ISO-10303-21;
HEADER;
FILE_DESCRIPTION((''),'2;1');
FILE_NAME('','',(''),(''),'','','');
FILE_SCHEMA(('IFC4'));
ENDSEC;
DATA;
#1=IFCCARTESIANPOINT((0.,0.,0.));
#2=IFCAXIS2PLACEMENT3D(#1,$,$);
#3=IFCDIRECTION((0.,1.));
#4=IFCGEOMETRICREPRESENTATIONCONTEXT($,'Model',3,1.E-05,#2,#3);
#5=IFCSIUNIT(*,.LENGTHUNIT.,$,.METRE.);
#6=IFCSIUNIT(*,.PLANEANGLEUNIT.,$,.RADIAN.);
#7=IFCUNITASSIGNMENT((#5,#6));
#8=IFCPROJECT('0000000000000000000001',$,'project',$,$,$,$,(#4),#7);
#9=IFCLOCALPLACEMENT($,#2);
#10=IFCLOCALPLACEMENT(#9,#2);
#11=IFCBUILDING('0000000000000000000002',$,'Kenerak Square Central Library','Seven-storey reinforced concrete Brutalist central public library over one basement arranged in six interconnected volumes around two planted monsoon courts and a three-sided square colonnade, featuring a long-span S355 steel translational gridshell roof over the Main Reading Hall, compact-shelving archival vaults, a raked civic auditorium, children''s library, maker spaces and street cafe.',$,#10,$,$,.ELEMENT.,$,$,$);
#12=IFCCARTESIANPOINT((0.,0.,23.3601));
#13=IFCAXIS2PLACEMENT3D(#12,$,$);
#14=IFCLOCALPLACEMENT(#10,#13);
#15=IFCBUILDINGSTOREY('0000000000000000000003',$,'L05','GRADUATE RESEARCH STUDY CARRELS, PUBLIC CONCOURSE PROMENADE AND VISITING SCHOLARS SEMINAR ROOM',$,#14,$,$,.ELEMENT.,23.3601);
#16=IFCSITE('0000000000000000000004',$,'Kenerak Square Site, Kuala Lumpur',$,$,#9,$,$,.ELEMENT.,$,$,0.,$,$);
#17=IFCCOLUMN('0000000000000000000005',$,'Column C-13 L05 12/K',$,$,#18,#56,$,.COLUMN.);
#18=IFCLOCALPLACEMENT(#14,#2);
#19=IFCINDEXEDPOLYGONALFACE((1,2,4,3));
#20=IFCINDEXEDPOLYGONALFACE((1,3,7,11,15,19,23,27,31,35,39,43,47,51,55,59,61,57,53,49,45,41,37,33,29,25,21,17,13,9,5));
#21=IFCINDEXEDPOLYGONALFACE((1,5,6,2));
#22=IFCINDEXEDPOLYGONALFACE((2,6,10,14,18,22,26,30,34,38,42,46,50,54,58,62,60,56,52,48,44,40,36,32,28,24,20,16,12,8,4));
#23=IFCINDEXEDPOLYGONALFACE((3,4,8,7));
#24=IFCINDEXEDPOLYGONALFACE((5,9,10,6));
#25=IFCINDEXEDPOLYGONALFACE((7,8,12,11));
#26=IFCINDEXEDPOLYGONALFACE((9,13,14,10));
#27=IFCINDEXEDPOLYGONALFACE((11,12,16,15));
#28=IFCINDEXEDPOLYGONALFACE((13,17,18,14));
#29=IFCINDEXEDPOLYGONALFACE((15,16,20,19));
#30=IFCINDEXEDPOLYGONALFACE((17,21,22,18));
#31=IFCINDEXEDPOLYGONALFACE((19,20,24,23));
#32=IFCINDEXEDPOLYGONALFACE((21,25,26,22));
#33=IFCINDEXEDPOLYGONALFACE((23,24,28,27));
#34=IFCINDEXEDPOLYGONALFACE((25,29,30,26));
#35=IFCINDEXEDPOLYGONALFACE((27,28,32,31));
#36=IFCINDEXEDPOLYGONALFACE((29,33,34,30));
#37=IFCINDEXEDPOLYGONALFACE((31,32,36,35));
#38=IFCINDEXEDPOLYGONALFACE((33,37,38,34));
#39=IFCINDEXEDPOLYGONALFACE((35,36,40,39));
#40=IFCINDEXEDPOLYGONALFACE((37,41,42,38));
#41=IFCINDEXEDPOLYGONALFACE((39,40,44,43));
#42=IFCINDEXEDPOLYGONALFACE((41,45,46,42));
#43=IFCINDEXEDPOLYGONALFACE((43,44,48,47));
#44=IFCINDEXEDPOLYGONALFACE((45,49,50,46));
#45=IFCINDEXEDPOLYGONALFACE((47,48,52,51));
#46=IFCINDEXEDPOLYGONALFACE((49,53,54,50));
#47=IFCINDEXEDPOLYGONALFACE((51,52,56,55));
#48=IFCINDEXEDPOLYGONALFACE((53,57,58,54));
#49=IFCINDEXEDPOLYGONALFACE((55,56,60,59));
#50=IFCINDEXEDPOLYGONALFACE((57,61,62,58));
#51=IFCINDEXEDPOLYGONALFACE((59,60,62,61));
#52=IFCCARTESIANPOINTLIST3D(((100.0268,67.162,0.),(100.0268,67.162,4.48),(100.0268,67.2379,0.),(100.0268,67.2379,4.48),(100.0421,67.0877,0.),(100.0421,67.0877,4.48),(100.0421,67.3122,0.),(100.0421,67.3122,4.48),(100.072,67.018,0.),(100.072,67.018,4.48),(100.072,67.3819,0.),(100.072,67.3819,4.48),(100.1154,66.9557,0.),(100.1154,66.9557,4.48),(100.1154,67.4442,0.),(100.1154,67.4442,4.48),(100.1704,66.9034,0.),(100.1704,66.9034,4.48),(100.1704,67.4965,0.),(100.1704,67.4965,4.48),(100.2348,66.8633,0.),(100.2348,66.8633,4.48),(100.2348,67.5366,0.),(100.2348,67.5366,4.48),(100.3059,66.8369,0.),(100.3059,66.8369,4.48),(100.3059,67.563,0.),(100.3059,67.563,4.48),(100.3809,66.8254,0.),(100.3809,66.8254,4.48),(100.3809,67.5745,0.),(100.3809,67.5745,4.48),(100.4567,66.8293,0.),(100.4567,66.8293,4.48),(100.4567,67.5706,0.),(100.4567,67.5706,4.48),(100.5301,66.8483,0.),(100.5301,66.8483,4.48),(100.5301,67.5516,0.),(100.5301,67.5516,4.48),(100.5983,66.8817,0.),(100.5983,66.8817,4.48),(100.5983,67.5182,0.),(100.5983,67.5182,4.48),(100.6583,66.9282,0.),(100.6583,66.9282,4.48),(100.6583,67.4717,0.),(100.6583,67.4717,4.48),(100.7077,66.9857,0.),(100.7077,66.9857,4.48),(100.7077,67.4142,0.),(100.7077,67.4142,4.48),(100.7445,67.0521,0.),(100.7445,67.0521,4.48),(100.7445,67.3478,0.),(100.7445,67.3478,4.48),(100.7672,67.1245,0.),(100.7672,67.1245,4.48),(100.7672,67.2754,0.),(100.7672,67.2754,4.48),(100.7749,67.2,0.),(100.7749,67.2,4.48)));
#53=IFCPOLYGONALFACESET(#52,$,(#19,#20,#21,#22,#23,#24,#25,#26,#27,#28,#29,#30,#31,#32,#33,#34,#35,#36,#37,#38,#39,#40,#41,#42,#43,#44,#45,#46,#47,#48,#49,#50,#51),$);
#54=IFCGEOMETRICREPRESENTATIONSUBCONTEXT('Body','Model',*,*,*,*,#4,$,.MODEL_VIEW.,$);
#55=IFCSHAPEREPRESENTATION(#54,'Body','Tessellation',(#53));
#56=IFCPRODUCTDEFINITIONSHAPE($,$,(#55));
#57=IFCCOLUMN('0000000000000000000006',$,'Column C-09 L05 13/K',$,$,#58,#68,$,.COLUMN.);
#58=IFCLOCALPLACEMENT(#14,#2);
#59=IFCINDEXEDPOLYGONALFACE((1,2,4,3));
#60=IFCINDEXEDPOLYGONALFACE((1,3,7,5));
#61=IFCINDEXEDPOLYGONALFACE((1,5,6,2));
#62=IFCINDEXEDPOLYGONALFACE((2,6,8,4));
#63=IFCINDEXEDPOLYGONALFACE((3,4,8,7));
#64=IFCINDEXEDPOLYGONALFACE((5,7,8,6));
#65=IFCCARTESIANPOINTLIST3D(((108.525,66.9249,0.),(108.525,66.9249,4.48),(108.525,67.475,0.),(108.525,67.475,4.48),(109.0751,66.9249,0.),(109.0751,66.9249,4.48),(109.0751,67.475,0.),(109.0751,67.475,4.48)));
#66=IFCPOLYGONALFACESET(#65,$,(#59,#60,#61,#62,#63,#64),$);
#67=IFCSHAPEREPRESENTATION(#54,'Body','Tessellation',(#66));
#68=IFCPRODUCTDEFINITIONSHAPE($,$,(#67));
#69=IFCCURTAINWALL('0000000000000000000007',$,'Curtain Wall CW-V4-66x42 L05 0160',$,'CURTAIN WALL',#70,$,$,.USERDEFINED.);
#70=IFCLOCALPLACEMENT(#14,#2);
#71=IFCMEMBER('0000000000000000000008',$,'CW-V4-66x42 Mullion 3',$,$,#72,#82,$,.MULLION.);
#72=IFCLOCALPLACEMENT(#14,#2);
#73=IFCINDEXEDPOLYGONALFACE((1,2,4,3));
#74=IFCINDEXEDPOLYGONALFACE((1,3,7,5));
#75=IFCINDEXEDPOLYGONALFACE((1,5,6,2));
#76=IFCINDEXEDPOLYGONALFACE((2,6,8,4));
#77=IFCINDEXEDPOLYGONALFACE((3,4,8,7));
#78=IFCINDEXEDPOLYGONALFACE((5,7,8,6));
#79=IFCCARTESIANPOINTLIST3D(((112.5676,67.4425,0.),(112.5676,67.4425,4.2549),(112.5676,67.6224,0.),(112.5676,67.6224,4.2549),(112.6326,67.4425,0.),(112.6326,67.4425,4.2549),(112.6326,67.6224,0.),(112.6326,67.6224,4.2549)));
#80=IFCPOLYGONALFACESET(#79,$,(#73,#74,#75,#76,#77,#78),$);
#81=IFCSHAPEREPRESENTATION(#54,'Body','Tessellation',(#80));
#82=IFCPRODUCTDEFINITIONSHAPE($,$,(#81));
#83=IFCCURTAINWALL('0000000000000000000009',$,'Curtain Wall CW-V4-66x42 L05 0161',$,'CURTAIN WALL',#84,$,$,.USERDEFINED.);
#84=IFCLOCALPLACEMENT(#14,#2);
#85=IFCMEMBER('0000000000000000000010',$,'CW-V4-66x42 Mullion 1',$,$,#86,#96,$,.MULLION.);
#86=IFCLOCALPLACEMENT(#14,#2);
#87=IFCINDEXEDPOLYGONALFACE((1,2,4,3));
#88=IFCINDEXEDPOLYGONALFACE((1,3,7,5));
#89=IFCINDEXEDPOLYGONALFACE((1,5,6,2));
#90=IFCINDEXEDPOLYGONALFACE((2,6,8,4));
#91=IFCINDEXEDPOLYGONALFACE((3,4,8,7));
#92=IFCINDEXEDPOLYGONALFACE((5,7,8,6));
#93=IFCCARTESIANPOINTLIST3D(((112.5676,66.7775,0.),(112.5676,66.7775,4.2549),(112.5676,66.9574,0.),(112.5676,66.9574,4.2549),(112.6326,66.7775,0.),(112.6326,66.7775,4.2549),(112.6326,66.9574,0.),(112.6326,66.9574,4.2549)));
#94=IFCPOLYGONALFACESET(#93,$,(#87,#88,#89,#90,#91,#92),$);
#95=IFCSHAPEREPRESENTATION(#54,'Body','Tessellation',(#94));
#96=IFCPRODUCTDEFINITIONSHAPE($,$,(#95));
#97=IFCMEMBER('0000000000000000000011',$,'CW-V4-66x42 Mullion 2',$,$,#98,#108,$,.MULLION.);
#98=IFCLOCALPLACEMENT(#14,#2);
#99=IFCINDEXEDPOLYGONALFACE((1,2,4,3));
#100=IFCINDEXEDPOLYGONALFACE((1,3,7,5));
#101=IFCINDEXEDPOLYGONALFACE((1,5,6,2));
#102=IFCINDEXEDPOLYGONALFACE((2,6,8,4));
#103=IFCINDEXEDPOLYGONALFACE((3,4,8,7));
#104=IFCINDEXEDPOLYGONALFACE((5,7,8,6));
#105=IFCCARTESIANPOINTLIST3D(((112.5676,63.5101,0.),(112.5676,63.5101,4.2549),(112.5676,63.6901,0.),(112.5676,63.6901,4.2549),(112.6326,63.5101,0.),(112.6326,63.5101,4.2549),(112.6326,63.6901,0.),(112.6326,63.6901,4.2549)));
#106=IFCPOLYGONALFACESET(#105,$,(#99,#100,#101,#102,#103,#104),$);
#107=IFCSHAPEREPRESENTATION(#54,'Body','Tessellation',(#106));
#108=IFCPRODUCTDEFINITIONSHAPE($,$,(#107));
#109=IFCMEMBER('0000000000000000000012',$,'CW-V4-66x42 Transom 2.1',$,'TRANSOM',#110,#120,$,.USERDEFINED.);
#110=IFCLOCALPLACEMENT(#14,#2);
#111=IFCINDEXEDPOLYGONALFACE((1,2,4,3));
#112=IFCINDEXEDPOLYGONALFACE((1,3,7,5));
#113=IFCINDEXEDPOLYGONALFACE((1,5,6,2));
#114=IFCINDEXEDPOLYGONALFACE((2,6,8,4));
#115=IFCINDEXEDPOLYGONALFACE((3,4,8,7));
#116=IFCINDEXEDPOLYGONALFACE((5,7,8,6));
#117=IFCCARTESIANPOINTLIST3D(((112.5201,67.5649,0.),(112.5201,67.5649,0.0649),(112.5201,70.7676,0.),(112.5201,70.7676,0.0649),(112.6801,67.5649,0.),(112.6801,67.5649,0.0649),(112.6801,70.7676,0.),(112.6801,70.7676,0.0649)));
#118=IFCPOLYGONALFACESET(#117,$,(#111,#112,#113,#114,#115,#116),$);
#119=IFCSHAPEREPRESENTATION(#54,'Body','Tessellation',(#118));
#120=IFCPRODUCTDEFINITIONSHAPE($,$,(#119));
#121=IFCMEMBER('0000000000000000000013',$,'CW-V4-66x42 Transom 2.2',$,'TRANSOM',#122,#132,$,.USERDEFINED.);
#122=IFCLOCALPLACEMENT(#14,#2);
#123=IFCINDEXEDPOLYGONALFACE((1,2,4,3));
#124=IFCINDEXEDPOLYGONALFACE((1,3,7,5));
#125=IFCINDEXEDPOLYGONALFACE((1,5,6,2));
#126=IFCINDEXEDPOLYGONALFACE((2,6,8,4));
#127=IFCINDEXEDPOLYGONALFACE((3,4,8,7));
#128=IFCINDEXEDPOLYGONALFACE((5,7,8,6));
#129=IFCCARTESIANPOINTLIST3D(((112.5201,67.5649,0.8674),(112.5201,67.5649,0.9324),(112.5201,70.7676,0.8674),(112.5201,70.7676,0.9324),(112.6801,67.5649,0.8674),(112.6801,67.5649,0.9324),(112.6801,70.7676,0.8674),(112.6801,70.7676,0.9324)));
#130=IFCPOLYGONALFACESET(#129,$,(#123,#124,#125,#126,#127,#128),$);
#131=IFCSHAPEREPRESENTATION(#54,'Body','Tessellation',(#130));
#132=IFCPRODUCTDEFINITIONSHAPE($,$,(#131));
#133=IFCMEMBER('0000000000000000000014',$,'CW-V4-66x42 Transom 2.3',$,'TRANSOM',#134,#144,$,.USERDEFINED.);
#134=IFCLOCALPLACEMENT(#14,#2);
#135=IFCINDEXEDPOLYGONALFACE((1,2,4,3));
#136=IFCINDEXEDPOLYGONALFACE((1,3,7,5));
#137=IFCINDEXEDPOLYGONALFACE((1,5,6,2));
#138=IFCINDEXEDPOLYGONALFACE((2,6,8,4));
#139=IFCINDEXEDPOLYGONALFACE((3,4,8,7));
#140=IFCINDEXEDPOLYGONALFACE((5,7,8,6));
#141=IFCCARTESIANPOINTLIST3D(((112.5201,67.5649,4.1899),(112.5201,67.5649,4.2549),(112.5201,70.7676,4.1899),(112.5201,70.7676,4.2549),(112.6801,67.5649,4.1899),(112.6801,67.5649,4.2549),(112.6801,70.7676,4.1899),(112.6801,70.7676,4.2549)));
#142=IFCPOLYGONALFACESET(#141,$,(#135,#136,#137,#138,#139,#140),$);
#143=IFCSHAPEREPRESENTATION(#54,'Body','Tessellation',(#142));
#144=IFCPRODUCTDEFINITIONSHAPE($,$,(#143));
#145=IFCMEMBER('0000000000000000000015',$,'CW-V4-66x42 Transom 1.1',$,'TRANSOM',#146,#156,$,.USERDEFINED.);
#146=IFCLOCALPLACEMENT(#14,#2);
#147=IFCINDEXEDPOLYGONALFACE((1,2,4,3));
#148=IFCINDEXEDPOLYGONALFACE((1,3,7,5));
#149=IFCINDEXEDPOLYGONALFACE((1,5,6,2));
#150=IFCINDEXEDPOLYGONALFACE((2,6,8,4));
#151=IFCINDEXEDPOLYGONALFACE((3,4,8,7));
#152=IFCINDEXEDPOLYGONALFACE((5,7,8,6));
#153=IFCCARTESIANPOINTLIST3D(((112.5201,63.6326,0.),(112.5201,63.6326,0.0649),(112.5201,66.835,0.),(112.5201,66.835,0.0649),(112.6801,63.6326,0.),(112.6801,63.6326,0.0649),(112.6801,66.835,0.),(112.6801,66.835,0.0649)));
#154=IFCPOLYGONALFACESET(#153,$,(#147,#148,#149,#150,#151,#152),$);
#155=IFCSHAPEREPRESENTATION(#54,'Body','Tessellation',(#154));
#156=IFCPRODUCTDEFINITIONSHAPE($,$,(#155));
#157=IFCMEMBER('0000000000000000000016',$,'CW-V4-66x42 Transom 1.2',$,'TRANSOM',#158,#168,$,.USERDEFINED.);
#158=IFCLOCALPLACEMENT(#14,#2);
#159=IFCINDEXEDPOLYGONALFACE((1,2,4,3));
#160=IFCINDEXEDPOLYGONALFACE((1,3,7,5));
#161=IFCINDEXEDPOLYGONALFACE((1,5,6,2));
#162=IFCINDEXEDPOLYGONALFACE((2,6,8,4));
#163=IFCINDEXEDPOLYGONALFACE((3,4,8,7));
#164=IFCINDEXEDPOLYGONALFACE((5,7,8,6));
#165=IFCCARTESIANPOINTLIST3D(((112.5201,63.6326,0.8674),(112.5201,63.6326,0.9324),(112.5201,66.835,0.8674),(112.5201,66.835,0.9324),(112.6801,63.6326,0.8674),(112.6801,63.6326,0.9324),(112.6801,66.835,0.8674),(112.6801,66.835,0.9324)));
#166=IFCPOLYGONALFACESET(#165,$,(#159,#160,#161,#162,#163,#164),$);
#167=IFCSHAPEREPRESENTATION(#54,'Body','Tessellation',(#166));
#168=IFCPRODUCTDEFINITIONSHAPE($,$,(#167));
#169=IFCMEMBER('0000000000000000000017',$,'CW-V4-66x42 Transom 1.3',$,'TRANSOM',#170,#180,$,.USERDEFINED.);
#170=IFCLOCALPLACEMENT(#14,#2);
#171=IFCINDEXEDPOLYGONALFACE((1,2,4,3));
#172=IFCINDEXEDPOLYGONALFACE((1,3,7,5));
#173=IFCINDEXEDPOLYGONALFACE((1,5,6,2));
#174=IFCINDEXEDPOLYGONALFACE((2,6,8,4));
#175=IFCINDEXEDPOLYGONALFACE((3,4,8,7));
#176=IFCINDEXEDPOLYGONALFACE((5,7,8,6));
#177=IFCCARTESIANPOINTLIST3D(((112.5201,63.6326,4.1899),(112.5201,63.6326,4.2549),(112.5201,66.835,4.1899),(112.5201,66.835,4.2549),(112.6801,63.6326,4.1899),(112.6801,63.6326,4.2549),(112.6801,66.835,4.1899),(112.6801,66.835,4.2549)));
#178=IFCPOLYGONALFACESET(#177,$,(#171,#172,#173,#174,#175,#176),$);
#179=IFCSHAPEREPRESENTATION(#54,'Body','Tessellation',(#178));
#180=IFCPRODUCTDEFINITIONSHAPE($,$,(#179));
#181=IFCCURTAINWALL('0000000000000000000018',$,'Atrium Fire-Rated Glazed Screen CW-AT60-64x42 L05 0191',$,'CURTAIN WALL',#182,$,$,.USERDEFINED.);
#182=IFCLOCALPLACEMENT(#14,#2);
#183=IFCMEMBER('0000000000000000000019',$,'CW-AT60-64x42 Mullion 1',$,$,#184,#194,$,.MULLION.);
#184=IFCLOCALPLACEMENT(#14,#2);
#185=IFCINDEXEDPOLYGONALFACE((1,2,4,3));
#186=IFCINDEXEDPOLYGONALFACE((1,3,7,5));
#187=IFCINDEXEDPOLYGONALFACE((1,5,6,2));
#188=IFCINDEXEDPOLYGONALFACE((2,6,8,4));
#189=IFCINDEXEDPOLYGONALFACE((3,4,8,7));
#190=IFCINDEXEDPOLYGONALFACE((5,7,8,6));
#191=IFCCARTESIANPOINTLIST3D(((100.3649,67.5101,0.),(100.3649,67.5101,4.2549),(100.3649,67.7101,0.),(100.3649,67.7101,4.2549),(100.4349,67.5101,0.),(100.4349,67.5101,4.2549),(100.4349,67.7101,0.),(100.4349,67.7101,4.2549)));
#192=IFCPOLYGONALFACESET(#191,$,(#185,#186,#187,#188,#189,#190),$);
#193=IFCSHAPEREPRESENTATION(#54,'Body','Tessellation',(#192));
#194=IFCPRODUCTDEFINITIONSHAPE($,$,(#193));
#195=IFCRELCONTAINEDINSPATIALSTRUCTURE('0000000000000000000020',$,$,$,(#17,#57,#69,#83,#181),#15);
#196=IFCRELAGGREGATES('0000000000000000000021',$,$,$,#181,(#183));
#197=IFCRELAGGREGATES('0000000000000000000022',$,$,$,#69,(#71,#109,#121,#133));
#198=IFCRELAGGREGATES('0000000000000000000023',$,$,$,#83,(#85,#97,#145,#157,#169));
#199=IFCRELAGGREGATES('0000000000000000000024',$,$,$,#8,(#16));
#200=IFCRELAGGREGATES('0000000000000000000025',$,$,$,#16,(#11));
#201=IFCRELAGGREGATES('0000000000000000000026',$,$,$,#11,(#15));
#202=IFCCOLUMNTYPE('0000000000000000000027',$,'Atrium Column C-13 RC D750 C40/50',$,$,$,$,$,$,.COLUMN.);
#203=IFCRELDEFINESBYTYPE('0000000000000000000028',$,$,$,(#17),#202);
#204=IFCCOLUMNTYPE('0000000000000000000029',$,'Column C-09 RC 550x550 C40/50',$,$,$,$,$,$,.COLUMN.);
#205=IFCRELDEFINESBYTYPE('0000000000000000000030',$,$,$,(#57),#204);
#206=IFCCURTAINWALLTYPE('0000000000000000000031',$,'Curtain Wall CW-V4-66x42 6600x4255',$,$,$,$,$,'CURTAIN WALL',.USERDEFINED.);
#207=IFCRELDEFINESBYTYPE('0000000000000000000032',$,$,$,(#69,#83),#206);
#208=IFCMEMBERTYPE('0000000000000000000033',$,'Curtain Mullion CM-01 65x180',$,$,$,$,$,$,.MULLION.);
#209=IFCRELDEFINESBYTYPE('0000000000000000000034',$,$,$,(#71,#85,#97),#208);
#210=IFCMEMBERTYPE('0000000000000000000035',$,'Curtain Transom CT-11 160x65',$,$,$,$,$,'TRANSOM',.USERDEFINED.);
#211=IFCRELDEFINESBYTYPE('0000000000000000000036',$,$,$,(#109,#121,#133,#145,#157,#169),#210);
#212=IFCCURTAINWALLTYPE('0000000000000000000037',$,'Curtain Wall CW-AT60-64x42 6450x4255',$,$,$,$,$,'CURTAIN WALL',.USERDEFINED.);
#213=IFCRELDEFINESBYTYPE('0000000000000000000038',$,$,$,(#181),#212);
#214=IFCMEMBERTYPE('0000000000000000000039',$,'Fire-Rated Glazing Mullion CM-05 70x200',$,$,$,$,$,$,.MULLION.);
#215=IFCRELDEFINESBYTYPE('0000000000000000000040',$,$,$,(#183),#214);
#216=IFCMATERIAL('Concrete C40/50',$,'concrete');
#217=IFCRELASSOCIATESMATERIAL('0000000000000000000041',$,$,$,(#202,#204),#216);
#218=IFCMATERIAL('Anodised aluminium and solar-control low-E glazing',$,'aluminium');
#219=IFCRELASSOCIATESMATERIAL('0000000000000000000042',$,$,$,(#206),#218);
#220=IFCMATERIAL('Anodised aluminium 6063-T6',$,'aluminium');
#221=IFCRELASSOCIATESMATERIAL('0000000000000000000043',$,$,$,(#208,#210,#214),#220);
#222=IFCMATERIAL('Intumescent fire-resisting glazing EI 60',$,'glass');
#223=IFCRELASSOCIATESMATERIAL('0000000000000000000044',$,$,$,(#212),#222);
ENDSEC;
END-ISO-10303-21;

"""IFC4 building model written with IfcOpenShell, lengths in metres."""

from ifc_helpers import new_model, si_unit, direction, frame, origin, origin_2d, place, context, subcontext, project, spatial, rectangle, circle, extrude, material, material_profile, profile_set, type_object, element, aggregate, save


model = new_model("IFC4")

# Units and contexts
model_context = context("Model", 3, precision=1e-05, world=origin(), true_north=direction((0.0, 1.0)))
body_context = subcontext(model_context, "Body", "Model", "MODEL_VIEW")
ifc_project = project(units=[si_unit("LENGTHUNIT", "METRE"), si_unit("PLANEANGLEUNIT", "RADIAN")], contexts=[model_context])

# Site, building, storey
site_placement = place(None, origin())
site = spatial("IfcSite", under=ifc_project, at=site_placement, Name="Kenerak Square Site, Kuala Lumpur", CompositionType="ELEMENT", RefElevation=0.0)
building_placement = place(site_placement, origin())
building = spatial("IfcBuilding", under=site, at=building_placement, Name="Kenerak Square Central Library", Description="Seven-storey reinforced concrete Brutalist central public library over one basement arranged in six interconnected volumes around two planted monsoon courts and a three-sided square colonnade, featuring a long-span S355 steel translational gridshell roof over the Main Reading Hall, compact-shelving archival vaults, a raked civic auditorium, children's library, maker spaces and street cafe.", CompositionType="ELEMENT")
storey_placement = place(building_placement, frame((0.0, 0.0, 23.3601)))
storey = spatial("IfcBuildingStorey", under=building, at=storey_placement, Name="L05", Description="GRADUATE RESEARCH STUDY CARRELS, PUBLIC CONCOURSE PROMENADE AND VISITING SCHOLARS SEMINAR ROOM", CompositionType="ELEMENT", Elevation=23.3601)

# Columns
ifc_material_1 = material(Name="Concrete C40/50", Category="concrete")
ifc_material_profile_1 = material_profile(ifc_material_1, circle(Radius=0.375, at=origin_2d()), Name="RC D750")
ifc_profile_set_1 = profile_set([ifc_material_profile_1], Name="Concrete C40/50")
column_type_1 = type_object("IfcColumnType", Name="Atrium Column C-13 RC D750 C40/50", PredefinedType="COLUMN", material=ifc_profile_set_1)
column_1_placement = place(storey_placement, frame((100.3999, 67.2, 0.0), z_axis=(0.0, 0.0, 1.0), x_axis=(1.0, 0.0, 0.0)))
element("IfcColumn", 1, at=column_1_placement, inside=storey, type_object=column_type_1, Name="Column C-13 L05 12/K", PredefinedType="COLUMN", context=body_context, shape_type="SweptSolid", body=[
    extrude(circle(Radius=0.375, at=origin_2d()), origin(), (0.0, 0.0, 1.0), 4.48),
])
ifc_material_profile_2 = material_profile(ifc_material_1, rectangle(XDim=0.55, YDim=0.55, at=origin_2d()), Name="RC 550x550")
ifc_profile_set_2 = profile_set([ifc_material_profile_2], Name="Concrete C40/50")
column_type_2 = type_object("IfcColumnType", Name="Column C-09 RC 550x550 C40/50", PredefinedType="COLUMN", material=ifc_profile_set_2)
column_2_placement = place(storey_placement, frame((108.8, 67.2, 0.0), z_axis=(0.0, 0.0, 1.0), x_axis=(1.0, 0.0, 0.0)))
element("IfcColumn", 2, at=column_2_placement, inside=storey, type_object=column_type_2, Name="Column C-09 L05 13/K", PredefinedType="COLUMN", context=body_context, shape_type="SweptSolid", body=[
    extrude(rectangle(XDim=0.55, YDim=0.55, at=origin_2d()), origin(), (0.0, 0.0, 1.0), 4.48),
])

# Curtain wall, member
ifc_material_2 = material(Name="Anodised aluminium and solar-control low-E glazing", Category="aluminium")
curtain_wall_type_1 = type_object("IfcCurtainWallType", Name="Curtain Wall CW-V4-66x42 6600x4255", ElementType="CURTAIN WALL", PredefinedType="USERDEFINED", material=ifc_material_2)
curtain_wall_1_placement = place(storey_placement, origin())
curtain_wall_1 = element("IfcCurtainWall", 3, at=curtain_wall_1_placement, inside=storey, type_object=curtain_wall_type_1, Name="Curtain Wall CW-V4-66x42 L05 0160", ObjectType="CURTAIN WALL", PredefinedType="USERDEFINED")
ifc_material_3 = material(Name="Anodised aluminium 6063-T6", Category="aluminium")
ifc_material_profile_3 = material_profile(ifc_material_3, rectangle(XDim=0.0649, YDim=0.1799, at=origin_2d()), Name="AL MULLION 65x180")
ifc_profile_set_3 = profile_set([ifc_material_profile_3], Name="Anodised aluminium 6063-T6")
member_type_1 = type_object("IfcMemberType", Name="Curtain Mullion CM-01 65x180", PredefinedType="MULLION", material=ifc_profile_set_3)
member_1_placement = place(storey_placement, frame((112.6001, 67.5325, 0.0), z_axis=(0.0, 0.0, 1.0), x_axis=(1.0, 0.0, 0.0)))
member_1 = element("IfcMember", 4, at=member_1_placement, type_object=member_type_1, Name="CW-V4-66x42 Mullion 3", PredefinedType="MULLION", context=body_context, shape_type="SweptSolid", body=[
    extrude(rectangle(XDim=0.0649, YDim=0.1799, at=origin_2d()), origin(), (0.0, 0.0, 1.0), 4.2549),
])

# Curtain wall, members
curtain_wall_2_placement = place(storey_placement, origin())
curtain_wall_2 = element("IfcCurtainWall", 5, at=curtain_wall_2_placement, inside=storey, type_object=curtain_wall_type_1, Name="Curtain Wall CW-V4-66x42 L05 0161", ObjectType="CURTAIN WALL", PredefinedType="USERDEFINED")
member_2_placement = place(storey_placement, frame((112.6001, 66.8674, 0.0), z_axis=(0.0, 0.0, 1.0), x_axis=(1.0, 0.0, 0.0)))
member_2 = element("IfcMember", 6, at=member_2_placement, type_object=member_type_1, Name="CW-V4-66x42 Mullion 1", PredefinedType="MULLION", context=body_context, shape_type="SweptSolid", body=[
    extrude(rectangle(XDim=0.0649, YDim=0.1799, at=origin_2d()), origin(), (0.0, 0.0, 1.0), 4.2549),
])
member_3_placement = place(storey_placement, frame((112.6001, 63.6001, 0.0), z_axis=(0.0, 0.0, 1.0), x_axis=(1.0, 0.0, 0.0)))
member_3 = element("IfcMember", 7, at=member_3_placement, type_object=member_type_1, Name="CW-V4-66x42 Mullion 2", PredefinedType="MULLION", context=body_context, shape_type="SweptSolid", body=[
    extrude(rectangle(XDim=0.0649, YDim=0.1799, at=origin_2d()), origin(), (0.0, 0.0, 1.0), 4.2549),
])

# Members
ifc_material_profile_4 = material_profile(ifc_material_3, rectangle(XDim=0.1599, YDim=0.0649, at=origin_2d()), Name="AL TRANSOM 160x65")
ifc_profile_set_4 = profile_set([ifc_material_profile_4], Name="Anodised aluminium 6063-T6")
member_type_2 = type_object("IfcMemberType", Name="Curtain Transom CT-11 160x65", ElementType="TRANSOM", PredefinedType="USERDEFINED", material=ifc_profile_set_4)
member_4_placement = place(storey_placement, frame((112.6001, 70.7676, 0.0325), z_axis=(0.0, -1.0, 0.0), x_axis=(1.0, 0.0, 0.0)))
member_4 = element("IfcMember", 8, at=member_4_placement, type_object=member_type_2, Name="CW-V4-66x42 Transom 2.1", ObjectType="TRANSOM", PredefinedType="USERDEFINED", context=body_context, shape_type="SweptSolid", body=[
    extrude(rectangle(XDim=0.1599, YDim=0.0649, at=origin_2d()), origin(), (0.0, 0.0, 1.0), 3.2026),
])
member_5_placement = place(storey_placement, frame((112.6001, 70.7676, 0.8999), z_axis=(0.0, -1.0, 0.0), x_axis=(1.0, 0.0, 0.0)))
member_5 = element("IfcMember", 9, at=member_5_placement, type_object=member_type_2, Name="CW-V4-66x42 Transom 2.2", ObjectType="TRANSOM", PredefinedType="USERDEFINED", context=body_context, shape_type="SweptSolid", body=[
    extrude(rectangle(XDim=0.1599, YDim=0.0649, at=origin_2d()), origin(), (0.0, 0.0, 1.0), 3.2026),
])
member_6_placement = place(storey_placement, frame((112.6001, 70.7676, 4.2224), z_axis=(0.0, -1.0, 0.0), x_axis=(1.0, 0.0, 0.0)))
member_6 = element("IfcMember", 10, at=member_6_placement, type_object=member_type_2, Name="CW-V4-66x42 Transom 2.3", ObjectType="TRANSOM", PredefinedType="USERDEFINED", context=body_context, shape_type="SweptSolid", body=[
    extrude(rectangle(XDim=0.1599, YDim=0.0649, at=origin_2d()), origin(), (0.0, 0.0, 1.0), 3.2026),
])
member_7_placement = place(storey_placement, frame((112.6001, 66.835, 0.0325), z_axis=(0.0, -1.0, 0.0), x_axis=(1.0, 0.0, 0.0)))
member_7 = element("IfcMember", 11, at=member_7_placement, type_object=member_type_2, Name="CW-V4-66x42 Transom 1.1", ObjectType="TRANSOM", PredefinedType="USERDEFINED", context=body_context, shape_type="SweptSolid", body=[
    extrude(rectangle(XDim=0.1599, YDim=0.0649, at=origin_2d()), origin(), (0.0, 0.0, 1.0), 3.2024),
])
member_8_placement = place(storey_placement, frame((112.6001, 66.835, 0.8999), z_axis=(0.0, -1.0, 0.0), x_axis=(1.0, 0.0, 0.0)))
member_8 = element("IfcMember", 12, at=member_8_placement, type_object=member_type_2, Name="CW-V4-66x42 Transom 1.2", ObjectType="TRANSOM", PredefinedType="USERDEFINED", context=body_context, shape_type="SweptSolid", body=[
    extrude(rectangle(XDim=0.1599, YDim=0.0649, at=origin_2d()), origin(), (0.0, 0.0, 1.0), 3.2024),
])
member_9_placement = place(storey_placement, frame((112.6001, 66.835, 4.2224), z_axis=(0.0, -1.0, 0.0), x_axis=(1.0, 0.0, 0.0)))
member_9 = element("IfcMember", 13, at=member_9_placement, type_object=member_type_2, Name="CW-V4-66x42 Transom 1.3", ObjectType="TRANSOM", PredefinedType="USERDEFINED", context=body_context, shape_type="SweptSolid", body=[
    extrude(rectangle(XDim=0.1599, YDim=0.0649, at=origin_2d()), origin(), (0.0, 0.0, 1.0), 3.2024),
])

# Curtain wall, member
ifc_material_4 = material(Name="Intumescent fire-resisting glazing EI 60", Category="glass")
curtain_wall_type_2 = type_object("IfcCurtainWallType", Name="Curtain Wall CW-AT60-64x42 6450x4255", ElementType="CURTAIN WALL", PredefinedType="USERDEFINED", material=ifc_material_4)
curtain_wall_3_placement = place(storey_placement, origin())
curtain_wall_3 = element("IfcCurtainWall", 14, at=curtain_wall_3_placement, inside=storey, type_object=curtain_wall_type_2, Name="Atrium Fire-Rated Glazed Screen CW-AT60-64x42 L05 0191", ObjectType="CURTAIN WALL", PredefinedType="USERDEFINED")
ifc_material_profile_5 = material_profile(ifc_material_3, rectangle(XDim=0.0701, YDim=0.2, at=origin_2d()), Name="AL MULLION 70x200")
ifc_profile_set_5 = profile_set([ifc_material_profile_5], Name="Anodised aluminium 6063-T6")
member_type_3 = type_object("IfcMemberType", Name="Fire-Rated Glazing Mullion CM-05 70x200", PredefinedType="MULLION", material=ifc_profile_set_5)
member_10_placement = place(storey_placement, frame((100.3999, 67.6101, 0.0), z_axis=(0.0, 0.0, 1.0), x_axis=(-1.0, 0.0, 0.0)))
member_10 = element("IfcMember", 15, at=member_10_placement, type_object=member_type_3, Name="CW-AT60-64x42 Mullion 1", PredefinedType="MULLION", context=body_context, shape_type="SweptSolid", body=[
    extrude(rectangle(XDim=0.0701, YDim=0.2, at=origin_2d()), origin(), (0.0, 0.0, 1.0), 4.2549),
])
aggregate(curtain_wall_3, [member_10])

aggregate(curtain_wall_1, [member_1, member_4, member_5, member_6])
aggregate(curtain_wall_2, [member_2, member_3, member_7, member_8, member_9])

save(model, "model.ifc")
